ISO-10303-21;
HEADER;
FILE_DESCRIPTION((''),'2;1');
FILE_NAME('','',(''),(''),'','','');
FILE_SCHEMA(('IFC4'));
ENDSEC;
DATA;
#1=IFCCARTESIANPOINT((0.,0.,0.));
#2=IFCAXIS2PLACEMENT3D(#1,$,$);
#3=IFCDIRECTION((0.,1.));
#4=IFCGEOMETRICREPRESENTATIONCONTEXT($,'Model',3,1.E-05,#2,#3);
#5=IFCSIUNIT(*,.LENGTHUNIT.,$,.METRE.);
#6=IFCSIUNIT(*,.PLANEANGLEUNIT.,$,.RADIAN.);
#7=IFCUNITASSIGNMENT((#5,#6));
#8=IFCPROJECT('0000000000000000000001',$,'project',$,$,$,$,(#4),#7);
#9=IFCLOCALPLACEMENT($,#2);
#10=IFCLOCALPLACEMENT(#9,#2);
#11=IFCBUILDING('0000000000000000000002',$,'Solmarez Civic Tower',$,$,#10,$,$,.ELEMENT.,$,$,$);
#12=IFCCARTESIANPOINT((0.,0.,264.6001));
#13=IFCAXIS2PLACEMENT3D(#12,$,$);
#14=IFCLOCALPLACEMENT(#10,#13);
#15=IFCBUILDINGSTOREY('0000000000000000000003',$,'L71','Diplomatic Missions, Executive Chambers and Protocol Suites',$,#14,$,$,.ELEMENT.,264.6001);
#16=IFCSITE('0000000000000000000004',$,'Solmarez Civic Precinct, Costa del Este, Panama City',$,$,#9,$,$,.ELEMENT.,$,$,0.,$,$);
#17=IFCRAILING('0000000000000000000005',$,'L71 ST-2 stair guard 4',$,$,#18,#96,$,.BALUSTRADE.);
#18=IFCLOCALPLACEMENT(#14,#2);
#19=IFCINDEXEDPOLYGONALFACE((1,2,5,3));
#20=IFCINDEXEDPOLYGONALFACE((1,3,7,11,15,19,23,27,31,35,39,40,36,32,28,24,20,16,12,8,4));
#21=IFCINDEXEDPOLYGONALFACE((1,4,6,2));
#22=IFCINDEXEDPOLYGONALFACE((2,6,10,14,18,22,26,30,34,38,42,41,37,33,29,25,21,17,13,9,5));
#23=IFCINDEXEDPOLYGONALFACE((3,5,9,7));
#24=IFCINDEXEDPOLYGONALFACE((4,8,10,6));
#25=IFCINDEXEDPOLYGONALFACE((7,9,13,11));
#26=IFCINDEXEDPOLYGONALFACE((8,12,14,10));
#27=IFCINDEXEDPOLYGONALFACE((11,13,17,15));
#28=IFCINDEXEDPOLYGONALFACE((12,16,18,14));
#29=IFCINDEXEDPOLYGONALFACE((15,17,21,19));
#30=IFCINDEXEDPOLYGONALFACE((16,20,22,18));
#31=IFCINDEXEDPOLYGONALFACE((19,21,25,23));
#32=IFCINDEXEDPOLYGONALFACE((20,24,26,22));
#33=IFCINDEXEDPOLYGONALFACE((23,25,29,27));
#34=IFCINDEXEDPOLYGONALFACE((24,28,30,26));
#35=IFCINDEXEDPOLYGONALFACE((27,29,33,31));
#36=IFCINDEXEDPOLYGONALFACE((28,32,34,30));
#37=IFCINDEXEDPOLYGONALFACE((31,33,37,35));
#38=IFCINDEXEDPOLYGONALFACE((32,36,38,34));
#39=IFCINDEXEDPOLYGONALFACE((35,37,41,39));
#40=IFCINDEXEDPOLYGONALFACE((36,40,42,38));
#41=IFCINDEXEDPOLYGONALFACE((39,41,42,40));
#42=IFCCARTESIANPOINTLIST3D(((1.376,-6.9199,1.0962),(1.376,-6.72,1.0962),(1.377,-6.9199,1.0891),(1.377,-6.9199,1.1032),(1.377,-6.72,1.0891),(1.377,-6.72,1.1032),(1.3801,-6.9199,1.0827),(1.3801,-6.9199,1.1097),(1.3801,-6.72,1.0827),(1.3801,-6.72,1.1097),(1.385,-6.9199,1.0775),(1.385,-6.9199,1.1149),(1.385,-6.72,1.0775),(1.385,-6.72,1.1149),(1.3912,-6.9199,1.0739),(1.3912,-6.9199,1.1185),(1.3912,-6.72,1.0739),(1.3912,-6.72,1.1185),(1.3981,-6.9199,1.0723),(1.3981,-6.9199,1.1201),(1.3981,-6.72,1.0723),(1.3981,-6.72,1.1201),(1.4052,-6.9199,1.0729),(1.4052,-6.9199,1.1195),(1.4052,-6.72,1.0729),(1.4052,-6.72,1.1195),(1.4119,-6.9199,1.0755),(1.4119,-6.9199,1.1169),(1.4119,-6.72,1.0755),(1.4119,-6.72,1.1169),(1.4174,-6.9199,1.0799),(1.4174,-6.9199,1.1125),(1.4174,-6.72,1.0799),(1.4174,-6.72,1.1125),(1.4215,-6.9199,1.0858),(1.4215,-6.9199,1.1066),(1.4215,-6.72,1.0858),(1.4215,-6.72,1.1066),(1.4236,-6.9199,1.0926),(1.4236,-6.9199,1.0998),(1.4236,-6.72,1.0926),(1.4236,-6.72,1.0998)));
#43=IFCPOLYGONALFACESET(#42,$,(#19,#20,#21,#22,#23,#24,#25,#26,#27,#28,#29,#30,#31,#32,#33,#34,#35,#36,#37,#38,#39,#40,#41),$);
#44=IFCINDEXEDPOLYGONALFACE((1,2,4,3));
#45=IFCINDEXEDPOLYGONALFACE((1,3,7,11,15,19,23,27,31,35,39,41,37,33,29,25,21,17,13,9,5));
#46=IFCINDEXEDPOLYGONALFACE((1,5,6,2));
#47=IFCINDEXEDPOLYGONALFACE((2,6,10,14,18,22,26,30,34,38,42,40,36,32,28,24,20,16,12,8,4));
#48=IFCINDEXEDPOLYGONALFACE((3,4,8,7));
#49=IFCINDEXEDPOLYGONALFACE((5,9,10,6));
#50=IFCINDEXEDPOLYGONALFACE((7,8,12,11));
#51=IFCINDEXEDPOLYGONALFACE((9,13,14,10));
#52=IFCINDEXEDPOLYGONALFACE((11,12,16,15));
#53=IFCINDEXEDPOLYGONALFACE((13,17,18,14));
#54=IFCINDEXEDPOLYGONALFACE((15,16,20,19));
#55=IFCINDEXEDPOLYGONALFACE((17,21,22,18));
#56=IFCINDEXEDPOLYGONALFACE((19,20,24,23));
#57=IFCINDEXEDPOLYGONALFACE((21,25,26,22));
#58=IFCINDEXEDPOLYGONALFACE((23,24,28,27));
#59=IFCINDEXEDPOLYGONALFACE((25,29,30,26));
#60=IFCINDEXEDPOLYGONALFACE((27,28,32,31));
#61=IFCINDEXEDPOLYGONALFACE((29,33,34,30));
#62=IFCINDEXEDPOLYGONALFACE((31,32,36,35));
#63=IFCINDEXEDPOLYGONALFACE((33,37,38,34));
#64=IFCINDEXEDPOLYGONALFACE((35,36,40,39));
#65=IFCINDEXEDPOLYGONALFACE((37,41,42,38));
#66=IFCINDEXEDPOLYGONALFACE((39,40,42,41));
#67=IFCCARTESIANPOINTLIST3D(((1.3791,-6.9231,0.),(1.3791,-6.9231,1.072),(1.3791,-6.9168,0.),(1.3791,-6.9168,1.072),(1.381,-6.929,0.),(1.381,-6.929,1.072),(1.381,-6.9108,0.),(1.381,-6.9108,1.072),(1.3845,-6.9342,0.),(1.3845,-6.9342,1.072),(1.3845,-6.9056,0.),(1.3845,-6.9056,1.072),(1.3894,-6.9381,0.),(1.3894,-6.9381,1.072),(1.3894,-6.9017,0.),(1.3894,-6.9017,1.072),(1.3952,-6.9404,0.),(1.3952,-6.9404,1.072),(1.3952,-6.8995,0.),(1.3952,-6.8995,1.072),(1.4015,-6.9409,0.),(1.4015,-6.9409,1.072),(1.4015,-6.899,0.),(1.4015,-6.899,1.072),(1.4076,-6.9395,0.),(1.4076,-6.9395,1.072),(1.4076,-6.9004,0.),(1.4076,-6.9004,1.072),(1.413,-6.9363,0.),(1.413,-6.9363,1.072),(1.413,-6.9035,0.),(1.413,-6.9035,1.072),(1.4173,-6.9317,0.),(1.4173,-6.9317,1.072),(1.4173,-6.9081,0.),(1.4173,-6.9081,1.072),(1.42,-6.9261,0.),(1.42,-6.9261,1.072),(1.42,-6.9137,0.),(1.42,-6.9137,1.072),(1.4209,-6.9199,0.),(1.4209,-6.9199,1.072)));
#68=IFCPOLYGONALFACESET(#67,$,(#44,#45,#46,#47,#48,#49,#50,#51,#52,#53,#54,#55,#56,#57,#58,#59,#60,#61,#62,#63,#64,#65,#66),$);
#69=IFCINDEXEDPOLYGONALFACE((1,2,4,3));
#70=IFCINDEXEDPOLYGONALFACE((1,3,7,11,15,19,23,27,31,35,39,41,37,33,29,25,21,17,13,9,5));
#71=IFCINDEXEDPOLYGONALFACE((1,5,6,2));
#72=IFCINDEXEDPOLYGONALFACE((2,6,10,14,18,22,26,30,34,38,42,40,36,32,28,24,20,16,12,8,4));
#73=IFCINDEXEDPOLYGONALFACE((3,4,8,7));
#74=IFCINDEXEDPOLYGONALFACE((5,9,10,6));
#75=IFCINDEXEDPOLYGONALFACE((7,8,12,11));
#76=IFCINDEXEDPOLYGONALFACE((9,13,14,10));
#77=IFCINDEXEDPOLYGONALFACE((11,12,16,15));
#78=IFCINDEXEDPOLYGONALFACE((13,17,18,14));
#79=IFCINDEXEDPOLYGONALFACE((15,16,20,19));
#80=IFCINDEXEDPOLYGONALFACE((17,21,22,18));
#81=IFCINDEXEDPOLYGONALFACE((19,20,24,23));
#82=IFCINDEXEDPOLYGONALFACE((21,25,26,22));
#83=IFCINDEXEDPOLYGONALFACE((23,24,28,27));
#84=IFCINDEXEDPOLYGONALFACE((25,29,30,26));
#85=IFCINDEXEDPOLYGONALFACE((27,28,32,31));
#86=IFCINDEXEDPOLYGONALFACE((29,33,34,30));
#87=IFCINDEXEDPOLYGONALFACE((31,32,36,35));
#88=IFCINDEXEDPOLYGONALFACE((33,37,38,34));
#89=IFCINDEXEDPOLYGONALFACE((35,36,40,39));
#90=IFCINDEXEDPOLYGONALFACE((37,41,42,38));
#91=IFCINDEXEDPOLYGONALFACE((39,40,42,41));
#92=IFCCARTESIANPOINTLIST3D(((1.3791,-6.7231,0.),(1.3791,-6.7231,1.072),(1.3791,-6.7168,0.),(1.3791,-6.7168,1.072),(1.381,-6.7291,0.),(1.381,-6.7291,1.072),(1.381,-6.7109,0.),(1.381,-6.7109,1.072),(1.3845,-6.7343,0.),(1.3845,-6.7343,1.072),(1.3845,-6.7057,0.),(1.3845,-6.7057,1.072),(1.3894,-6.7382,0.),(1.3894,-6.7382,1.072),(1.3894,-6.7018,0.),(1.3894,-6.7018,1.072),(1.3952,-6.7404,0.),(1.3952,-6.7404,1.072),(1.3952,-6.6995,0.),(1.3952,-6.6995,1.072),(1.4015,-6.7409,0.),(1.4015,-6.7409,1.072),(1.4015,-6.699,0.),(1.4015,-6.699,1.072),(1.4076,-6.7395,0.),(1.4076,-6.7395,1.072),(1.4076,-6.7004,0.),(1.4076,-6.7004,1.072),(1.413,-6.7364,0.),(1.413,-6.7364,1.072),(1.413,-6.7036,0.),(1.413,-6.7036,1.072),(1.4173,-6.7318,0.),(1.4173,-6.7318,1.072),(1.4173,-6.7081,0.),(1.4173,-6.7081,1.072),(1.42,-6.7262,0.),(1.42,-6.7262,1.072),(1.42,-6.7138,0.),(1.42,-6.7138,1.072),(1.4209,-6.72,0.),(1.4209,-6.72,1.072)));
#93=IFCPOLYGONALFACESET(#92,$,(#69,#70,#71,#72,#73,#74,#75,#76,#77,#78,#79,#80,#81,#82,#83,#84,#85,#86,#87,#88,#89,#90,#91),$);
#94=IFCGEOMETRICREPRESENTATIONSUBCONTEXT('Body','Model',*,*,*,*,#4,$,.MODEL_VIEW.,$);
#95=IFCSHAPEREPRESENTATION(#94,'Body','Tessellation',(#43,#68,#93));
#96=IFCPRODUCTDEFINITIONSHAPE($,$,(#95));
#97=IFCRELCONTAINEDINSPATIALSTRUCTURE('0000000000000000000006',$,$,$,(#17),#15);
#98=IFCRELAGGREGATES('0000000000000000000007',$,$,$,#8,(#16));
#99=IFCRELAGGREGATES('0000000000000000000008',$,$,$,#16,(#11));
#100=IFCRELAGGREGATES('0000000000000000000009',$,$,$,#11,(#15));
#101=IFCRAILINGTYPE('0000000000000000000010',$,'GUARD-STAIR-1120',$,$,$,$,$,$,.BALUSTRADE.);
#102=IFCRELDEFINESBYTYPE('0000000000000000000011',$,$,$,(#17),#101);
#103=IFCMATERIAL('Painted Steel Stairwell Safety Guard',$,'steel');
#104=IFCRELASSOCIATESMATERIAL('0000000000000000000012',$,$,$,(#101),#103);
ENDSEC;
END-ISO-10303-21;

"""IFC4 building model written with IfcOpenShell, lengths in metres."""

from ifc_helpers import new_model, si_unit, direction, frame, origin, origin_2d, place, context, subcontext, project, spatial, circle, extrude, material, type_object, element, save


model = new_model("IFC4")

# Units and contexts
model_context = context("Model", 3, precision=1e-05, world=origin(), true_north=direction((0.0, 1.0)))
body_context = subcontext(model_context, "Body", "Model", "MODEL_VIEW")
ifc_project = project(units=[si_unit("LENGTHUNIT", "METRE"), si_unit("PLANEANGLEUNIT", "RADIAN")], contexts=[model_context])

# Site, building, storey
site_placement = place(None, origin())
site = spatial("IfcSite", under=ifc_project, at=site_placement, Name="Solmarez Civic Precinct, Costa del Este, Panama City", CompositionType="ELEMENT", RefElevation=0.0)
building_placement = place(site_placement, origin())
building = spatial("IfcBuilding", under=site, at=building_placement, Name="Solmarez Civic Tower", CompositionType="ELEMENT")
storey_placement = place(building_placement, frame((0.0, 0.0, 264.6001)))
storey = spatial("IfcBuildingStorey", under=building, at=storey_placement, Name="L71", Description="Diplomatic Missions, Executive Chambers and Protocol Suites", CompositionType="ELEMENT", Elevation=264.6001)

# Railing
ifc_material_1 = material(Name="Painted Steel Stairwell Safety Guard", Category="steel")
railing_type_1 = type_object("IfcRailingType", Name="GUARD-STAIR-1120", PredefinedType="BALUSTRADE", material=ifc_material_1)
railing_1_placement = place(storey_placement, frame((1.3999, -6.9199, 0.0)))
element("IfcRailing", 1, at=railing_1_placement, inside=storey, type_object=railing_type_1, Name="L71 ST-2 stair guard 4", PredefinedType="BALUSTRADE", context=body_context, shape_type="SweptSolid", body=[
    extrude(circle(Radius=0.0239, at=origin_2d()), frame((0.0, 0.0, 1.0962), z_axis=(0.0, 1.0, 0.0), x_axis=(-1.0, 0.0, 0.0)), (0.0, 0.0, 1.0), 0.2),
    extrude(circle(Radius=0.021, at=origin_2d()), origin(), (0.0, 0.0, 1.0), 1.072),
    extrude(circle(Radius=0.021, at=origin_2d()), frame((0.0, 0.2, 0.0)), (0.0, 0.0, 1.0), 1.072),
])

save(model, "model.ifc")
